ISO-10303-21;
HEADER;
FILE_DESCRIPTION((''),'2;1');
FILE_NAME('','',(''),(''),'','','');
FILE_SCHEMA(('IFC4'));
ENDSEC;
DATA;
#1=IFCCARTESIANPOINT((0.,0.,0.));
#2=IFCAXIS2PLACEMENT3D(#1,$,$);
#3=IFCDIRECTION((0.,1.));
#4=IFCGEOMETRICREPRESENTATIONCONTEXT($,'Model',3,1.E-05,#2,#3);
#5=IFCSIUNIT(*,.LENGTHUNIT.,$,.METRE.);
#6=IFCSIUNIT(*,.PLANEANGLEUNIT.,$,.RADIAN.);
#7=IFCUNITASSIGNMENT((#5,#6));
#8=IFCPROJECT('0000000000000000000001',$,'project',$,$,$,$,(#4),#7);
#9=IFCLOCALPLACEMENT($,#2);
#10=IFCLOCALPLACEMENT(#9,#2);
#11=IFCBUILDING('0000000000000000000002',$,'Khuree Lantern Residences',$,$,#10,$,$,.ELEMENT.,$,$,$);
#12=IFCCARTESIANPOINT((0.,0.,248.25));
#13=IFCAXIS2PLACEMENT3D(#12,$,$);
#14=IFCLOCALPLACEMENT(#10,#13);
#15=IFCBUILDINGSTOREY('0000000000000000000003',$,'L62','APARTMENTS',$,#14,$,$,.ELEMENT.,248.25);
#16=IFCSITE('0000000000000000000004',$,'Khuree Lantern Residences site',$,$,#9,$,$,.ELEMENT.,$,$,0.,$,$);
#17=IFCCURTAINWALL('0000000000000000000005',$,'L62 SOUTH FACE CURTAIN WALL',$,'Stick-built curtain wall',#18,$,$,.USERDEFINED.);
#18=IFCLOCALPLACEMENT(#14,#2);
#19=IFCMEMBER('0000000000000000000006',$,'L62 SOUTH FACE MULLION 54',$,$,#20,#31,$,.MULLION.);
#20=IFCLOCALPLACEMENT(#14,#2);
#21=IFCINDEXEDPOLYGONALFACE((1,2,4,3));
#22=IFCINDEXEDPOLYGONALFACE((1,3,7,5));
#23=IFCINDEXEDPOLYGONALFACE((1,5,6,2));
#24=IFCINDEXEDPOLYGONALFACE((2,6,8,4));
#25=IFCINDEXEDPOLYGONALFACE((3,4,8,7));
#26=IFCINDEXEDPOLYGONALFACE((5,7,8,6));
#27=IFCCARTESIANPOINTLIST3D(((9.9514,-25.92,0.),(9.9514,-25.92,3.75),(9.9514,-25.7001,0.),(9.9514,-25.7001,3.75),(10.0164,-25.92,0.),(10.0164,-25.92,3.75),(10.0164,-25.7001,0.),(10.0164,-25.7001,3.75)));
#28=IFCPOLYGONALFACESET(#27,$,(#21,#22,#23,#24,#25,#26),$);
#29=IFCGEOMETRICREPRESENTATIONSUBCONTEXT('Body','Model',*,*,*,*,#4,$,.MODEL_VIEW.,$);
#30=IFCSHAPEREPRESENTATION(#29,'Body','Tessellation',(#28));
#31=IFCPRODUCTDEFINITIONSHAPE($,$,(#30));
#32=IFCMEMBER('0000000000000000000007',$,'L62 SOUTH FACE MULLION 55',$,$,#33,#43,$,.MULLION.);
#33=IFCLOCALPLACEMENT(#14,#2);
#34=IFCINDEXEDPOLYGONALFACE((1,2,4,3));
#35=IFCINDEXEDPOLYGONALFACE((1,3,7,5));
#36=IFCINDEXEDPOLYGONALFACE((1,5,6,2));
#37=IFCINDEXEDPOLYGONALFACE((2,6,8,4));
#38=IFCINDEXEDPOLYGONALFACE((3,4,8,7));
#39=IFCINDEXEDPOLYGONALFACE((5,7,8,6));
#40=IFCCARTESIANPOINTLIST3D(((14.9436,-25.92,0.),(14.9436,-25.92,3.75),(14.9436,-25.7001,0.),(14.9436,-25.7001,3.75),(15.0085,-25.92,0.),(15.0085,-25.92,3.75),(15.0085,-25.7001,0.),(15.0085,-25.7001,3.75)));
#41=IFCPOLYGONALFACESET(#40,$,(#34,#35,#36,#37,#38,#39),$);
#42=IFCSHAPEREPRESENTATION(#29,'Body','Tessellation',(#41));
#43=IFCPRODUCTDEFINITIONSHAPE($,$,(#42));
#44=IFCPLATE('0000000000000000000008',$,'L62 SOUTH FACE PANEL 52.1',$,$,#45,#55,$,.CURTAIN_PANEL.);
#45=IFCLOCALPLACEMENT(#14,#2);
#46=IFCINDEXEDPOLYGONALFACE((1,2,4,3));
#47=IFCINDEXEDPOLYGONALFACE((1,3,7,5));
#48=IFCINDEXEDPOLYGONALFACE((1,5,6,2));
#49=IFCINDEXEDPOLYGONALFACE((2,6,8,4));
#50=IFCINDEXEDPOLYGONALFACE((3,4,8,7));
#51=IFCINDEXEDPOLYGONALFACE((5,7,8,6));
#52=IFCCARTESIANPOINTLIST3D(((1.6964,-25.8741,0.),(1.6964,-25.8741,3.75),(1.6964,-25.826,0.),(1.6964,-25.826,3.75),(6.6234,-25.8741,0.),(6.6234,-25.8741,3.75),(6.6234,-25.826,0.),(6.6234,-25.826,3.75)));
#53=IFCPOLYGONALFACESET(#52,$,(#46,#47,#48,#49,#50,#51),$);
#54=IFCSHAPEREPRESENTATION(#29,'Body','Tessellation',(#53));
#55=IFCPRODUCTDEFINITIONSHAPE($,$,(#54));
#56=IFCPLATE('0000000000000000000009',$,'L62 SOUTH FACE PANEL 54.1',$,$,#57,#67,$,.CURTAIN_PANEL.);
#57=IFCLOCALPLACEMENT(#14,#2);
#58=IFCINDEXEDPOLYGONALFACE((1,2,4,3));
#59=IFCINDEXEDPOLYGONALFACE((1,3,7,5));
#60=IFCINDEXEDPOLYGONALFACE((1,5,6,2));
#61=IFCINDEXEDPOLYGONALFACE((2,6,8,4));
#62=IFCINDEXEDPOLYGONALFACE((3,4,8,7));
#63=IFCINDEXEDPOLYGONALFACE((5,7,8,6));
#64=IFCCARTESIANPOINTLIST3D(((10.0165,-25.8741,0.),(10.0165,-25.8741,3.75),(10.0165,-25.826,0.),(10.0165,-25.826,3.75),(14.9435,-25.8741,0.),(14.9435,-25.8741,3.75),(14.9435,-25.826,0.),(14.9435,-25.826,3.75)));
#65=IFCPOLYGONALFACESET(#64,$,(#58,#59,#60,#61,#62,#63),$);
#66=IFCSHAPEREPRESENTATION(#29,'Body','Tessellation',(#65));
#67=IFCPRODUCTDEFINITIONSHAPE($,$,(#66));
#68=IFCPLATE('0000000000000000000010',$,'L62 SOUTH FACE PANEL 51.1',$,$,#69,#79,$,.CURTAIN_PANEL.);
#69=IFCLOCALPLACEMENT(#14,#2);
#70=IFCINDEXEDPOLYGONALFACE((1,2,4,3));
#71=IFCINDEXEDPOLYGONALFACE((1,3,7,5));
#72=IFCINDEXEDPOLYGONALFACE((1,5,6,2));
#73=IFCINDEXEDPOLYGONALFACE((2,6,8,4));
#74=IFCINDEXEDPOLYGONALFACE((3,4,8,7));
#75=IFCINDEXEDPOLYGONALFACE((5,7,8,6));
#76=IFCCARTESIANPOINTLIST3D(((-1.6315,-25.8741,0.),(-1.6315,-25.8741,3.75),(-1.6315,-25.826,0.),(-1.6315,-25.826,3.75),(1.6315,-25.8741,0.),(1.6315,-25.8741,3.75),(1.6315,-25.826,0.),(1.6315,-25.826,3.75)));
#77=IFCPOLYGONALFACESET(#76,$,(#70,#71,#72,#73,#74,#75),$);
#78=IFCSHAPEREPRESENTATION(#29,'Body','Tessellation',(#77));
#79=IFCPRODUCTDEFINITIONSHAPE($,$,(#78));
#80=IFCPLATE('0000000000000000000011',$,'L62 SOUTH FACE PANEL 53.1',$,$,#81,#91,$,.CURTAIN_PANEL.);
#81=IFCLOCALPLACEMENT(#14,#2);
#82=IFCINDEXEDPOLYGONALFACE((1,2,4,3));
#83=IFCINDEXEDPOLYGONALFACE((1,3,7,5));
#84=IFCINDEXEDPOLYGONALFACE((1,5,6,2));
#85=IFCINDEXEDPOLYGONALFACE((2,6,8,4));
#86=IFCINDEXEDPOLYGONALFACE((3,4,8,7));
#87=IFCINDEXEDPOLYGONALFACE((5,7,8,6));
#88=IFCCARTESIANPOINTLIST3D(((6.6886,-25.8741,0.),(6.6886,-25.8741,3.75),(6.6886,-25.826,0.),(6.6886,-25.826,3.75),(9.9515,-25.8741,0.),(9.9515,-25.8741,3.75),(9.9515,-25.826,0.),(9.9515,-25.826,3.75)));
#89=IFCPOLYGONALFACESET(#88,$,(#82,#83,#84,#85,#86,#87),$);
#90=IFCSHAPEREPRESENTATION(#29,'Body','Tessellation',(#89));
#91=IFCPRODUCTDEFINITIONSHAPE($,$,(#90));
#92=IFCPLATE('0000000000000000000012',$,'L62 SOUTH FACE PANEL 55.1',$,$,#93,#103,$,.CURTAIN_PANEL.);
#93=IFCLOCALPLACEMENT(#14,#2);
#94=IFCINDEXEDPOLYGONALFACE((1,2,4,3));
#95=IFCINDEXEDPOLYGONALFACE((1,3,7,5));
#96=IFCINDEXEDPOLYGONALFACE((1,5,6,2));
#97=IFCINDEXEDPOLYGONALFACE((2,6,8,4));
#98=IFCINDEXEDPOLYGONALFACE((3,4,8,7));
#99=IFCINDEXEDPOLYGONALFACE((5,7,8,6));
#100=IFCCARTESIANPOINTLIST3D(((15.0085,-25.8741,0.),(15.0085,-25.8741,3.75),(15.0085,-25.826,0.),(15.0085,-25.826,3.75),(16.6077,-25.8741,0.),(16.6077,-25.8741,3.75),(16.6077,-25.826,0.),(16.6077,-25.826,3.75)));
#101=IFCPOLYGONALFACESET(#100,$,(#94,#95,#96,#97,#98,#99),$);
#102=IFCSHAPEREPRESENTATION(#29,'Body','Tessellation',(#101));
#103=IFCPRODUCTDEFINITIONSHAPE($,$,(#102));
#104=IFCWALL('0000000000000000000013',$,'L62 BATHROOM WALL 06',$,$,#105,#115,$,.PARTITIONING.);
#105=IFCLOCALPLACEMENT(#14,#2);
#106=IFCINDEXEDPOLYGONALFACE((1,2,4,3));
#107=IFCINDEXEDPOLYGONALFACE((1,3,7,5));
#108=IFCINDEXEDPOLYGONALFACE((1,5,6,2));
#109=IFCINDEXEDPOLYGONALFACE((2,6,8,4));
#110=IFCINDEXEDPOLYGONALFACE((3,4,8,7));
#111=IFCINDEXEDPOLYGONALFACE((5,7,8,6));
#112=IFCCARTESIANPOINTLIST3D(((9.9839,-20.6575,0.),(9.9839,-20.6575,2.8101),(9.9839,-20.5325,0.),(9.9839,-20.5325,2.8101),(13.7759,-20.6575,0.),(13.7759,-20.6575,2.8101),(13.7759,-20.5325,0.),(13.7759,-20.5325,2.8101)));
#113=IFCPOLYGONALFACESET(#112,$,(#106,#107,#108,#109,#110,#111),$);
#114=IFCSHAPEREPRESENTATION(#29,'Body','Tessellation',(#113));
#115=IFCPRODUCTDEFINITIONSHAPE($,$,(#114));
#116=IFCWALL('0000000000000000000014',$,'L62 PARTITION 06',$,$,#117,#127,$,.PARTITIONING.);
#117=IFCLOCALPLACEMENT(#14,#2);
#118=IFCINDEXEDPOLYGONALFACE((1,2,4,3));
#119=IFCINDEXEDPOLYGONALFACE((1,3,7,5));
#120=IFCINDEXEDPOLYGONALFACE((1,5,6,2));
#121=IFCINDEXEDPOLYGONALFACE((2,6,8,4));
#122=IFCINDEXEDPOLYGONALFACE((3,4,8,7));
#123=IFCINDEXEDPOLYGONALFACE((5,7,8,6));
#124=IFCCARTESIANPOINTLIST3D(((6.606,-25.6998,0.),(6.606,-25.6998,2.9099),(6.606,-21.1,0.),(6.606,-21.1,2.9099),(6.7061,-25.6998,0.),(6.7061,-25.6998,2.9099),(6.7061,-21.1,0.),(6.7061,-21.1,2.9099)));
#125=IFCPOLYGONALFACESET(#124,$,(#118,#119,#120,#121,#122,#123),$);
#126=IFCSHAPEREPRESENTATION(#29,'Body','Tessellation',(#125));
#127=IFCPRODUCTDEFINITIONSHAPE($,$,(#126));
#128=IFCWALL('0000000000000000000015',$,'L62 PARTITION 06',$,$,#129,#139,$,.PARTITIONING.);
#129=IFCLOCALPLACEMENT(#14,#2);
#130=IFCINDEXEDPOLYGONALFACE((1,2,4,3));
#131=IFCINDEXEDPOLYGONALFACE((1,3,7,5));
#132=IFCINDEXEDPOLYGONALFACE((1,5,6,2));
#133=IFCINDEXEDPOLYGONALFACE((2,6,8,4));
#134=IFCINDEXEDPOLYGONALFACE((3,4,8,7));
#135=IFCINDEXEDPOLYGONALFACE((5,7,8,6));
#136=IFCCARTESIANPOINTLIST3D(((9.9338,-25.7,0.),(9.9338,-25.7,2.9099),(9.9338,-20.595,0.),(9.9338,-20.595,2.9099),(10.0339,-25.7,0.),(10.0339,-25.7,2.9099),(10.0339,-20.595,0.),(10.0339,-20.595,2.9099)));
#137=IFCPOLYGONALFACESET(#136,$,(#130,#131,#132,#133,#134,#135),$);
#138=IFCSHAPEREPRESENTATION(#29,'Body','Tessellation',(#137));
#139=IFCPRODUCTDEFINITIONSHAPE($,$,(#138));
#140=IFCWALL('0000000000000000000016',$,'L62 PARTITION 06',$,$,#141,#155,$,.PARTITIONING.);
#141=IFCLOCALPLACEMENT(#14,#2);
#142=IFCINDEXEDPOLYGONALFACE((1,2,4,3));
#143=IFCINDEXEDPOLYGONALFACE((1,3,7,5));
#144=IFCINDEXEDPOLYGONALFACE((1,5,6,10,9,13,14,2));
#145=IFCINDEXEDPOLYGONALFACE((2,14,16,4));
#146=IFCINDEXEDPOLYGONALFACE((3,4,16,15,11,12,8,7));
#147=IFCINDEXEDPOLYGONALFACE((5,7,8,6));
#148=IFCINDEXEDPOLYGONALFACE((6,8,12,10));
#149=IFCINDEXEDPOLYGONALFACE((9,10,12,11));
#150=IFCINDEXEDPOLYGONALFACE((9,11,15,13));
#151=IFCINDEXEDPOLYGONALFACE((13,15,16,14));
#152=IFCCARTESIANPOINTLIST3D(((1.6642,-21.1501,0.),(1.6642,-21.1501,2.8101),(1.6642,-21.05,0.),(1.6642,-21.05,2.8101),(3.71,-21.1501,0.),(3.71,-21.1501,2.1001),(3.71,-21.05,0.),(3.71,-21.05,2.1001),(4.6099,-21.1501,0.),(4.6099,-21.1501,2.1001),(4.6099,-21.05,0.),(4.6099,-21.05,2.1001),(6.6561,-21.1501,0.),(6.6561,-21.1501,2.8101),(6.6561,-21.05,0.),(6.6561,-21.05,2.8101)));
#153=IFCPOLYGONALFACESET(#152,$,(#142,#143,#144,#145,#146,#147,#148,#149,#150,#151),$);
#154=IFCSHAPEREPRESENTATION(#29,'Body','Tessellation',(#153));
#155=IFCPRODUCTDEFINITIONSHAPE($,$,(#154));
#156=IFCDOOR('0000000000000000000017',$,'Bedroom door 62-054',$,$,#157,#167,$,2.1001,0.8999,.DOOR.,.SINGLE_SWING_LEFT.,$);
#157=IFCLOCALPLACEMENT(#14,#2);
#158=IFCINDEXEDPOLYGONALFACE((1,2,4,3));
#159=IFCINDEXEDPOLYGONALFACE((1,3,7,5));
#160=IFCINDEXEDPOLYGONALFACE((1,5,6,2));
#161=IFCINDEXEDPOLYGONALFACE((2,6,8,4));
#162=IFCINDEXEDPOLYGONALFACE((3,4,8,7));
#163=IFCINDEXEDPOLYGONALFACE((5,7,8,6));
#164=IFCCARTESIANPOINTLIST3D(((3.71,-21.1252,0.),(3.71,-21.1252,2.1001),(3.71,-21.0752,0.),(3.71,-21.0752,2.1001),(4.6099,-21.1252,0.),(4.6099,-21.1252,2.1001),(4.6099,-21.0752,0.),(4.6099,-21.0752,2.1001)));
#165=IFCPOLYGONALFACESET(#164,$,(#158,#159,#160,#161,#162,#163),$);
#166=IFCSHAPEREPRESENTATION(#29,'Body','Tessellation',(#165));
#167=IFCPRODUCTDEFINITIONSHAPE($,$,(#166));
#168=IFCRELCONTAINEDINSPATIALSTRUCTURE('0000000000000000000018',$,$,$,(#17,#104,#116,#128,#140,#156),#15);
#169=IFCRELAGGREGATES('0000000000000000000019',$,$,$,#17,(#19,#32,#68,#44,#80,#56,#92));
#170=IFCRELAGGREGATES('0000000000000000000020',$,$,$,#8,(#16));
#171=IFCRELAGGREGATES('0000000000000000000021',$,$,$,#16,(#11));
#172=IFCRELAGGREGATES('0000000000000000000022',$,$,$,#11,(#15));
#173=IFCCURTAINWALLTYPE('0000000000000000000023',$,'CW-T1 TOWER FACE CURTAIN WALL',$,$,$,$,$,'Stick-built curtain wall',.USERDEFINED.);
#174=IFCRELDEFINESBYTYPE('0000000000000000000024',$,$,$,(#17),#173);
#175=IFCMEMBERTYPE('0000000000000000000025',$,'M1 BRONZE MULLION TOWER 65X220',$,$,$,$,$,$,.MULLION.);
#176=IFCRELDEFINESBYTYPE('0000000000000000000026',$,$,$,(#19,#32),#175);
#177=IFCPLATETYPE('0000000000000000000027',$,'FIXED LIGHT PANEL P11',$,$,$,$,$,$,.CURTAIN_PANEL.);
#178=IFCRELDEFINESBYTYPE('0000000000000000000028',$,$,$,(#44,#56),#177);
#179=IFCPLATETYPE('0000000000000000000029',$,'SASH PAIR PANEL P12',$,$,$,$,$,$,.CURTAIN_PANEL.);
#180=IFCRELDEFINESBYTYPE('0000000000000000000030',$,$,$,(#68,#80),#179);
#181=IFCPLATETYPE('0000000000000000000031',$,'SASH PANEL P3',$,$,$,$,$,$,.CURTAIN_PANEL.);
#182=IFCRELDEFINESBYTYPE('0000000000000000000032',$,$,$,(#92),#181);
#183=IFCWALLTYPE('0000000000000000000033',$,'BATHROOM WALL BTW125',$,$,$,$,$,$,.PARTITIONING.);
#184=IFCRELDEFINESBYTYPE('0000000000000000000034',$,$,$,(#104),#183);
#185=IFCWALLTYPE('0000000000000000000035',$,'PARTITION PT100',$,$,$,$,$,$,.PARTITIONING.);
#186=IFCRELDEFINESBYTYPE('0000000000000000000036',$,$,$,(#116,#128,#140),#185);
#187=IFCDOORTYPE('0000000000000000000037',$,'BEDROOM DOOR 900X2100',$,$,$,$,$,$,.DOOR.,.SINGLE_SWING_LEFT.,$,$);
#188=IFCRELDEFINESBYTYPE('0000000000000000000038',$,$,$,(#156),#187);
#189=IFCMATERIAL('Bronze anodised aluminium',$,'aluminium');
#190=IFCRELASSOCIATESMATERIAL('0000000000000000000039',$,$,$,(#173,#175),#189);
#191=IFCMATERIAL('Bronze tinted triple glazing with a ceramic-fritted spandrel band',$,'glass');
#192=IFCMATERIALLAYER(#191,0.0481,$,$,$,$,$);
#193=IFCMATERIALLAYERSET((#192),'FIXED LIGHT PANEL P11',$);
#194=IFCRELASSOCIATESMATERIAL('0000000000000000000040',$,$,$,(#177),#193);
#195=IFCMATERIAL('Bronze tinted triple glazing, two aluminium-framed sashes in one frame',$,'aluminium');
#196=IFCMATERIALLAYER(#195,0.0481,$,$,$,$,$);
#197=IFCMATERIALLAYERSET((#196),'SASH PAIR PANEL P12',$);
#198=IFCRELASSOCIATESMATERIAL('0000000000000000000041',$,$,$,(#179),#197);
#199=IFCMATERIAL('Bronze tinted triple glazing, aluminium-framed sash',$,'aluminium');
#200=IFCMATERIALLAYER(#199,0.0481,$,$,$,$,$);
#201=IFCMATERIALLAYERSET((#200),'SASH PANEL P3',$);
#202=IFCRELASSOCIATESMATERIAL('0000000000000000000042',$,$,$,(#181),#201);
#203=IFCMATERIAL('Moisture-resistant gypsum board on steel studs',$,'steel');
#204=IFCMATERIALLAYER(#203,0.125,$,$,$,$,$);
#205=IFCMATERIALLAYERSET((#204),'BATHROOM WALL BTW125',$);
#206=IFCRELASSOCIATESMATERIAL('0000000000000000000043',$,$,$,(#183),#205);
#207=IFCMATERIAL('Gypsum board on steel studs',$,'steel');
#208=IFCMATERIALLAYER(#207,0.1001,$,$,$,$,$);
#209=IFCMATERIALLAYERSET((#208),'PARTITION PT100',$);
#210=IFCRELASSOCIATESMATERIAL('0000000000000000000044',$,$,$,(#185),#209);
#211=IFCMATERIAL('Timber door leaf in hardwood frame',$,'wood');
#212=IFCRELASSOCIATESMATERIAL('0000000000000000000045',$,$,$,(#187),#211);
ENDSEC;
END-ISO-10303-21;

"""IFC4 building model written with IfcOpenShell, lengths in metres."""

from ifc_helpers import new_model, si_unit, direction, frame, frame_2d, origin, origin_2d, place, context, subcontext, project, spatial, rectangle, extrude, material, layer, layer_set, material_profile, profile_set, type_object, element, fill, aggregate, save


model = new_model("IFC4")

# Units and contexts
model_context = context("Model", 3, precision=1e-05, world=origin(), true_north=direction((0.0, 1.0)))
body_context = subcontext(model_context, "Body", "Model", "MODEL_VIEW")
ifc_project = project(units=[si_unit("LENGTHUNIT", "METRE"), si_unit("PLANEANGLEUNIT", "RADIAN")], contexts=[model_context])

# Site, building, storey
site_placement = place(None, origin())
site = spatial("IfcSite", under=ifc_project, at=site_placement, Name="Khuree Lantern Residences site", CompositionType="ELEMENT", RefElevation=0.0)
building_placement = place(site_placement, origin())
building = spatial("IfcBuilding", under=site, at=building_placement, Name="Khuree Lantern Residences", CompositionType="ELEMENT")
storey_placement = place(building_placement, frame((0.0, 0.0, 248.25)))
storey = spatial("IfcBuildingStorey", under=building, at=storey_placement, Name="L62", Description="APARTMENTS", CompositionType="ELEMENT", Elevation=248.25)

# Curtain wall
ifc_material_1 = material(Name="Bronze anodised aluminium", Category="aluminium")
curtain_wall_type = type_object("IfcCurtainWallType", Name="CW-T1 TOWER FACE CURTAIN WALL", ElementType="Stick-built curtain wall", PredefinedType="USERDEFINED", material=ifc_material_1)
curtain_wall_placement = place(storey_placement, origin())
curtain_wall = element("IfcCurtainWall", 1, at=curtain_wall_placement, inside=storey, type_object=curtain_wall_type, Name="L62 SOUTH FACE CURTAIN WALL", ObjectType="Stick-built curtain wall", PredefinedType="USERDEFINED")

# Members
ifc_material_profile_1 = material_profile(ifc_material_1, rectangle(XDim=0.0649, YDim=0.22, at=origin_2d()), Name="M1 65X220")
ifc_profile_set_1 = profile_set([ifc_material_profile_1], Name="Bronze anodised aluminium")
member_type_1 = type_object("IfcMemberType", Name="M1 BRONZE MULLION TOWER 65X220", PredefinedType="MULLION", material=ifc_profile_set_1)
member_1_placement = place(storey_placement, frame((9.9839, -25.8101, 0.0), z_axis=(0.0, 0.0, 1.0), x_axis=(1.0, 0.0, 0.0)))
member_1 = element("IfcMember", 2, at=member_1_placement, type_object=member_type_1, Name="L62 SOUTH FACE MULLION 54", PredefinedType="MULLION", context=body_context, shape_type="SweptSolid", body=[
    extrude(rectangle(XDim=0.0649, YDim=0.22, at=origin_2d()), origin(), (0.0, 0.0, 1.0), 3.75),
])
member_2_placement = place(storey_placement, frame((14.9761, -25.8101, 0.0), z_axis=(0.0, 0.0, 1.0), x_axis=(1.0, 0.0, 0.0)))
member_2 = element("IfcMember", 3, at=member_2_placement, type_object=member_type_1, Name="L62 SOUTH FACE MULLION 55", PredefinedType="MULLION", context=body_context, shape_type="SweptSolid", body=[
    extrude(rectangle(XDim=0.0649, YDim=0.22, at=origin_2d()), origin(), (0.0, 0.0, 1.0), 3.75),
])

# Plates
ifc_material_2 = material(Name="Bronze tinted triple glazing with a ceramic-fritted spandrel band", Category="glass")
ifc_layer_1 = layer(ifc_material_2, 0.0481)
ifc_layer_set_1 = layer_set([ifc_layer_1], Name="FIXED LIGHT PANEL P11")
plate_type_1 = type_object("IfcPlateType", Name="FIXED LIGHT PANEL P11", PredefinedType="CURTAIN_PANEL", material=ifc_layer_set_1)
plate_1_placement = place(storey_placement, frame((4.1599, -25.8501, 0.0), z_axis=(0.0, 0.0, 1.0), x_axis=(1.0, 0.0, 0.0)))
plate_1 = element("IfcPlate", 4, at=plate_1_placement, type_object=plate_type_1, Name="L62 SOUTH FACE PANEL 52.1", PredefinedType="CURTAIN_PANEL", context=body_context, shape_type="SweptSolid", body=[
    extrude(rectangle(XDim=4.927, YDim=0.0481, at=origin_2d()), origin(), (0.0, 0.0, 1.0), 3.75),
])
plate_2_placement = place(storey_placement, frame((12.48, -25.8501, 0.0), z_axis=(0.0, 0.0, 1.0), x_axis=(1.0, 0.0, 0.0)))
plate_2 = element("IfcPlate", 5, at=plate_2_placement, type_object=plate_type_1, Name="L62 SOUTH FACE PANEL 54.1", PredefinedType="CURTAIN_PANEL", context=body_context, shape_type="SweptSolid", body=[
    extrude(rectangle(XDim=4.927, YDim=0.0481, at=origin_2d()), origin(), (0.0, 0.0, 1.0), 3.75),
])
ifc_material_3 = material(Name="Bronze tinted triple glazing, two aluminium-framed sashes in one frame", Category="aluminium")
ifc_layer_2 = layer(ifc_material_3, 0.0481)
ifc_layer_set_2 = layer_set([ifc_layer_2], Name="SASH PAIR PANEL P12")
plate_type_2 = type_object("IfcPlateType", Name="SASH PAIR PANEL P12", PredefinedType="CURTAIN_PANEL", material=ifc_layer_set_2)
plate_3_placement = place(storey_placement, frame((0.0, -25.8501, 0.0), z_axis=(0.0, 0.0, 1.0), x_axis=(1.0, 0.0, 0.0)))
plate_3 = element("IfcPlate", 6, at=plate_3_placement, type_object=plate_type_2, Name="L62 SOUTH FACE PANEL 51.1", PredefinedType="CURTAIN_PANEL", context=body_context, shape_type="SweptSolid", body=[
    extrude(rectangle(XDim=3.2629, YDim=0.0481, at=origin_2d()), origin(), (0.0, 0.0, 1.0), 3.75),
])
plate_4_placement = place(storey_placement, frame((8.3201, -25.8501, 0.0), z_axis=(0.0, 0.0, 1.0), x_axis=(1.0, 0.0, 0.0)))
plate_4 = element("IfcPlate", 7, at=plate_4_placement, type_object=plate_type_2, Name="L62 SOUTH FACE PANEL 53.1", PredefinedType="CURTAIN_PANEL", context=body_context, shape_type="SweptSolid", body=[
    extrude(rectangle(XDim=3.2629, YDim=0.0481, at=origin_2d()), origin(), (0.0, 0.0, 1.0), 3.75),
])
ifc_material_4 = material(Name="Bronze tinted triple glazing, aluminium-framed sash", Category="aluminium")
ifc_layer_3 = layer(ifc_material_4, 0.0481)
ifc_layer_set_3 = layer_set([ifc_layer_3], Name="SASH PANEL P3")
plate_type_3 = type_object("IfcPlateType", Name="SASH PANEL P3", PredefinedType="CURTAIN_PANEL", material=ifc_layer_set_3)
plate_5_placement = place(storey_placement, frame((15.8081, -25.8501, 0.0), z_axis=(0.0, 0.0, 1.0), x_axis=(1.0, 0.0, 0.0)))
plate_5 = element("IfcPlate", 8, at=plate_5_placement, type_object=plate_type_3, Name="L62 SOUTH FACE PANEL 55.1", PredefinedType="CURTAIN_PANEL", context=body_context, shape_type="SweptSolid", body=[
    extrude(rectangle(XDim=1.5991, YDim=0.0481, at=origin_2d()), origin(), (0.0, 0.0, 1.0), 3.75),
])
aggregate(curtain_wall, [member_1, member_2, plate_3, plate_1, plate_4, plate_2, plate_5])

# Walls
ifc_material_5 = material(Name="Moisture-resistant gypsum board on steel studs", Category="steel")
ifc_layer_4 = layer(ifc_material_5, 0.125)
ifc_layer_set_4 = layer_set([ifc_layer_4], Name="BATHROOM WALL BTW125")
wall_type_1 = type_object("IfcWallType", Name="BATHROOM WALL BTW125", PredefinedType="PARTITIONING", material=ifc_layer_set_4)
wall_1_placement = place(storey_placement, frame((9.9839, -20.595, 0.0), z_axis=(0.0, 0.0, 1.0), x_axis=(1.0, 0.0, 0.0)))
element("IfcWall", 9, at=wall_1_placement, inside=storey, type_object=wall_type_1, Name="L62 BATHROOM WALL 06", PredefinedType="PARTITIONING", context=body_context, shape_type="SweptSolid", body=[
    extrude(rectangle(XDim=3.792, YDim=0.125, at=frame_2d((1.896, 0.0))), origin(), (0.0, 0.0, 1.0), 2.8101),
])
ifc_material_6 = material(Name="Gypsum board on steel studs", Category="steel")
ifc_layer_5 = layer(ifc_material_6, 0.1001)
ifc_layer_set_5 = layer_set([ifc_layer_5], Name="PARTITION PT100")
wall_type_2 = type_object("IfcWallType", Name="PARTITION PT100", PredefinedType="PARTITIONING", material=ifc_layer_set_5)
wall_2_placement = place(storey_placement, frame((6.656, -21.1001, 0.0), z_axis=(0.0, 0.0, 1.0), x_axis=(0.0, -1.0, 0.0)))
element("IfcWall", 10, at=wall_2_placement, inside=storey, type_object=wall_type_2, Name="L62 PARTITION 06", PredefinedType="PARTITIONING", context=body_context, shape_type="SweptSolid", body=[
    extrude(rectangle(XDim=4.5999, YDim=0.1001, at=frame_2d((2.2998, 0.0))), origin(), (0.0, 0.0, 1.0), 2.9099),
])
wall_3_placement = place(storey_placement, frame((9.9839, -20.595, 0.0), z_axis=(0.0, 0.0, 1.0), x_axis=(0.0, -1.0, 0.0)))
element("IfcWall", 11, at=wall_3_placement, inside=storey, type_object=wall_type_2, Name="L62 PARTITION 06", PredefinedType="PARTITIONING", context=body_context, shape_type="SweptSolid", body=[
    extrude(rectangle(XDim=5.105, YDim=0.1001, at=frame_2d((2.5525, 0.0))), origin(), (0.0, 0.0, 1.0), 2.9099),
])

# Wall, opening, door
wall_4_placement = place(storey_placement, frame((1.6641, -21.1001, 0.0), z_axis=(0.0, 0.0, 1.0), x_axis=(1.0, 0.0, 0.0)))
wall_4 = element("IfcWall", 12, at=wall_4_placement, inside=storey, type_object=wall_type_2, Name="L62 PARTITION 06", PredefinedType="PARTITIONING", context=body_context, shape_type="SweptSolid", body=[
    extrude(rectangle(XDim=4.9919, YDim=0.1001, at=frame_2d((2.4961, 0.0))), origin(), (0.0, 0.0, 1.0), 2.8101),
])
opening_1_placement = place(wall_4_placement, frame((2.0459, 0.0, 0.0)))
opening_1 = element("IfcOpeningElement", 13, at=opening_1_placement, cuts=wall_4, PredefinedType="OPENING", context=body_context, shape_type="SweptSolid", body=[
    extrude(rectangle(XDim=0.8999, YDim=2.1001, at=frame_2d((0.45, 1.05))), frame((0.0, 0.0601, 0.0), z_axis=(0.0, -1.0, 0.0), x_axis=(1.0, 0.0, 0.0)), (0.0, 0.0, 1.0), 0.1201),
])
ifc_material_7 = material(Name="Timber door leaf in hardwood frame", Category="wood")
door_type_1 = type_object("IfcDoorType", Name="BEDROOM DOOR 900X2100", OperationType="SINGLE_SWING_LEFT", PredefinedType="DOOR", material=ifc_material_7)
door_1_placement = place(opening_1_placement, origin())
door_1 = element("IfcDoor", 14, at=door_1_placement, inside=storey, type_object=door_type_1, Name="Bedroom door 62-054", OperationType="SINGLE_SWING_LEFT", OverallHeight=2.1001, OverallWidth=0.8999, PredefinedType="DOOR", context=body_context, shape_type="SweptSolid", body=[
    extrude(rectangle(XDim=0.8999, YDim=2.1001, at=frame_2d((0.45, 1.05))), frame((0.0, 0.0249, 0.0), z_axis=(0.0, -1.0, 0.0), x_axis=(1.0, 0.0, 0.0)), (0.0, 0.0, 1.0), 0.05),
])
fill(opening_1, door_1)

save(model, "model.ifc")
